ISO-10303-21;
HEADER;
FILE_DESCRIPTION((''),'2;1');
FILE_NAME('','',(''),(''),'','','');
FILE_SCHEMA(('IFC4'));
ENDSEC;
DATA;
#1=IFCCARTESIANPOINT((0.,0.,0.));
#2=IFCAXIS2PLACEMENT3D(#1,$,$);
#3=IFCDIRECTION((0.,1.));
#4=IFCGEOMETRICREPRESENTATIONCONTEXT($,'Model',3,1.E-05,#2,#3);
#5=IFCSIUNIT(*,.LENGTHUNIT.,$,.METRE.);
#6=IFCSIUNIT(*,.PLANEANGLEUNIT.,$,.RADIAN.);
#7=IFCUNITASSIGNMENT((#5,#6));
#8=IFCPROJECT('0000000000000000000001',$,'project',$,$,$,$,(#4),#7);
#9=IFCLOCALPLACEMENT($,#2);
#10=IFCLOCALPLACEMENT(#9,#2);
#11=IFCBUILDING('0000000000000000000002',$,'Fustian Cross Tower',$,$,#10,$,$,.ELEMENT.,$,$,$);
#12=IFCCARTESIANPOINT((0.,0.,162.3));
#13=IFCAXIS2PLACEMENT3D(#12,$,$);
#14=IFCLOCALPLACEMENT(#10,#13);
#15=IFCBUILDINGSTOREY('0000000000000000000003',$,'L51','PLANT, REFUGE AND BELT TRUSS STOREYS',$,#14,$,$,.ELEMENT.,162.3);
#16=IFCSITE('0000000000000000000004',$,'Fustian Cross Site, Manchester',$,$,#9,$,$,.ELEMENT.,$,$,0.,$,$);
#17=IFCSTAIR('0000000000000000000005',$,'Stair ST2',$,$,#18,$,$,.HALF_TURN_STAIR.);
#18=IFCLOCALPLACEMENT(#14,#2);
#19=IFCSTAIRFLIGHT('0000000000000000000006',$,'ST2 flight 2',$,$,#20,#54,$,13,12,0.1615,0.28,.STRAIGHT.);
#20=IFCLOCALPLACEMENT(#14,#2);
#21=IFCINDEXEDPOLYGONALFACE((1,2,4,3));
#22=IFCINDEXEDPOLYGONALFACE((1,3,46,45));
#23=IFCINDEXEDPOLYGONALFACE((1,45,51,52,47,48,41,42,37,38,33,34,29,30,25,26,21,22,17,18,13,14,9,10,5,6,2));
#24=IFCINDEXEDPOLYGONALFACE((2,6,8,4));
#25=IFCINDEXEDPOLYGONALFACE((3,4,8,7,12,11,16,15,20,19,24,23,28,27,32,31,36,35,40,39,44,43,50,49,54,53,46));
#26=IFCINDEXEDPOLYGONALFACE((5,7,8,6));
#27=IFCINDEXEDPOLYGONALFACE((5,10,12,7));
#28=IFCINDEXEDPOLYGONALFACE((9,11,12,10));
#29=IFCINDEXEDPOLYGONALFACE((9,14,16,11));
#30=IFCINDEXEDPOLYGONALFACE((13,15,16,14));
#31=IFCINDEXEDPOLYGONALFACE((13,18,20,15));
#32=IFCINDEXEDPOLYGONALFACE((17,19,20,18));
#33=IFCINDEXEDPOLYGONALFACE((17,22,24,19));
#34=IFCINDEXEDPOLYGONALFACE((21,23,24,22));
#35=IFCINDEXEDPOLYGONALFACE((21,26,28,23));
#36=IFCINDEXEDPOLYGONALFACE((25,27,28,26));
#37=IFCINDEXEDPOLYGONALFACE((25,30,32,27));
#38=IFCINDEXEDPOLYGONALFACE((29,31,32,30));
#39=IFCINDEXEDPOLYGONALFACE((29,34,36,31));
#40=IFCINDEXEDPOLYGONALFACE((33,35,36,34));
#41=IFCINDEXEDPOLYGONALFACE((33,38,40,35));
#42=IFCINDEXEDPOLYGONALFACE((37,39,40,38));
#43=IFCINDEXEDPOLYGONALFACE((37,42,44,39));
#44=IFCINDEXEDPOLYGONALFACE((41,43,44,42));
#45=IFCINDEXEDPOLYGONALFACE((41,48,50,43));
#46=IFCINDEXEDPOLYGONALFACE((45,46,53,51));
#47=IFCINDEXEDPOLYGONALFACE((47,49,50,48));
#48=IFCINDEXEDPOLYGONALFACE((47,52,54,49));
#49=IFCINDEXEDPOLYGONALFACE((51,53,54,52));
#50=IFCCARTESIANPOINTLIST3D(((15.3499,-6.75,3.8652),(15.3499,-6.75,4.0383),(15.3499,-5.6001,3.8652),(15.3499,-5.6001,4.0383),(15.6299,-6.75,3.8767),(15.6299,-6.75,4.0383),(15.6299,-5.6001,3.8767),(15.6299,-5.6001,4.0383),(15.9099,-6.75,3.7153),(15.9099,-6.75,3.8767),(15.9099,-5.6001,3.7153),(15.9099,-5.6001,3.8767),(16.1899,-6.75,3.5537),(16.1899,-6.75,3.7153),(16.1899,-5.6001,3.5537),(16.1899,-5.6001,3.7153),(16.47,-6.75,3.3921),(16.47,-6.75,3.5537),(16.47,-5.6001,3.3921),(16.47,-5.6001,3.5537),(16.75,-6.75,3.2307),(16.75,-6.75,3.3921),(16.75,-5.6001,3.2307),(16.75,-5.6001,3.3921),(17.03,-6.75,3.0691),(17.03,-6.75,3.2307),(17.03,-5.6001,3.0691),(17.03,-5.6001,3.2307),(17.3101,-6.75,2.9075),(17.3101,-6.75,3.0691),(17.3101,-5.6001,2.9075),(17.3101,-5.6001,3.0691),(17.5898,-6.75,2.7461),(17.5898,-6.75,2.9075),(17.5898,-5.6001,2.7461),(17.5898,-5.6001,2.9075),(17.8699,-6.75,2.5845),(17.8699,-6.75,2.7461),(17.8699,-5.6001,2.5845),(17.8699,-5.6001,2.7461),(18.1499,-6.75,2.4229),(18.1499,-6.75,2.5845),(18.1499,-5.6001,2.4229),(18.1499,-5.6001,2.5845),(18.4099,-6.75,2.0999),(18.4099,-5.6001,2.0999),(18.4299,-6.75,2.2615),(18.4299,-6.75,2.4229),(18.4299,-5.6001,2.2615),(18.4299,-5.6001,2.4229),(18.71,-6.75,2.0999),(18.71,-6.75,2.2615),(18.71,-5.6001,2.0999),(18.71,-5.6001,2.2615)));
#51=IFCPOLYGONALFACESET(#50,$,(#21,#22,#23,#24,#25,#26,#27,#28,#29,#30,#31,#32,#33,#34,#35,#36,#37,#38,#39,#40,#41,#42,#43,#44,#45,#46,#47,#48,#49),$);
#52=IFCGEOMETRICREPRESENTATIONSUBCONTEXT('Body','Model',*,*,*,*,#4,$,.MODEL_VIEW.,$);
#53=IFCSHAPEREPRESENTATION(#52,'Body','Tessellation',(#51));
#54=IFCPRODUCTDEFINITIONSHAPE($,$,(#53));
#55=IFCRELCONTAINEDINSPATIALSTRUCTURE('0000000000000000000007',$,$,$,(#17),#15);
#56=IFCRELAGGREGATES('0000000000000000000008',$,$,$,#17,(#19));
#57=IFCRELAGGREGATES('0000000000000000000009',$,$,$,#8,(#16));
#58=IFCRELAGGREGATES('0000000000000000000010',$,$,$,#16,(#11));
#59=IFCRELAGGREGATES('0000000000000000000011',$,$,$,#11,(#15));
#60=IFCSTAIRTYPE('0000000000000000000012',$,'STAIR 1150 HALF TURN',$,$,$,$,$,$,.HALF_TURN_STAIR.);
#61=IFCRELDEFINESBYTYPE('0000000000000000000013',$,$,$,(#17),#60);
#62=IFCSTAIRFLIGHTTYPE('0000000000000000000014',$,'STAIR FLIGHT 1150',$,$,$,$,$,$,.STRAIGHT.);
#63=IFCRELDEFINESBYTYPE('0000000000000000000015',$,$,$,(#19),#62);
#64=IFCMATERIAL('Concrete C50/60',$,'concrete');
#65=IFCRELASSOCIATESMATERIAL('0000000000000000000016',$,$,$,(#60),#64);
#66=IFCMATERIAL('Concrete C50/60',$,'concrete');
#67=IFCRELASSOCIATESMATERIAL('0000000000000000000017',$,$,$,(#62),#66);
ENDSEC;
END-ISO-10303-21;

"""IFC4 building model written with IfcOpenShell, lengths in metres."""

from ifc_helpers import new_model, si_unit, direction, frame, origin, place, context, subcontext, project, spatial, polyline, outline, extrude, material, type_object, element, aggregate, save


model = new_model("IFC4")

# Units and contexts
model_context = context("Model", 3, precision=1e-05, world=origin(), true_north=direction((0.0, 1.0)))
body_context = subcontext(model_context, "Body", "Model", "MODEL_VIEW")
ifc_project = project(units=[si_unit("LENGTHUNIT", "METRE"), si_unit("PLANEANGLEUNIT", "RADIAN")], contexts=[model_context])

# Site, building, storey
site_placement = place(None, origin())
site = spatial("IfcSite", under=ifc_project, at=site_placement, Name="Fustian Cross Site, Manchester", CompositionType="ELEMENT", RefElevation=0.0)
building_placement = place(site_placement, origin())
building = spatial("IfcBuilding", under=site, at=building_placement, Name="Fustian Cross Tower", CompositionType="ELEMENT")
storey_placement = place(building_placement, frame((0.0, 0.0, 162.3)))
storey = spatial("IfcBuildingStorey", under=building, at=storey_placement, Name="L51", Description="PLANT, REFUGE AND BELT TRUSS STOREYS", CompositionType="ELEMENT", Elevation=162.3)

# Stair, stair flight
ifc_material_1 = material(Name="Concrete C50/60", Category="concrete")
stair_type = type_object("IfcStairType", Name="STAIR 1150 HALF TURN", PredefinedType="HALF_TURN_STAIR", material=ifc_material_1)
stair_placement = place(storey_placement, origin())
stair = element("IfcStair", 1, at=stair_placement, inside=storey, type_object=stair_type, Name="Stair ST2", PredefinedType="HALF_TURN_STAIR")
ifc_material_2 = material(Name="Concrete C50/60", Category="concrete")
stair_flight_type = type_object("IfcStairFlightType", Name="STAIR FLIGHT 1150", PredefinedType="STRAIGHT", material=ifc_material_2)
stair_flight_1_placement = place(storey_placement, frame((18.71, -6.175, 2.0999), z_axis=(0.0, 0.0, 1.0), x_axis=(-1.0, 0.0, 0.0)))
stair_flight_1 = element("IfcStairFlight", 2, at=stair_flight_1_placement, type_object=stair_flight_type, Name="ST2 flight 2", NumberOfRisers=13, NumberOfTreads=12, PredefinedType="STRAIGHT", RiserHeight=0.1615, TreadLength=0.28, context=body_context, shape_type="SweptSolid", body=[
    extrude(outline(polyline([(0.0, 0.0), (0.0, 0.1616), (0.28, 0.1616), (0.28, 0.323), (0.5601, 0.323), (0.5601, 0.4846), (0.8401, 0.4846), (0.8401, 0.6462), (1.1201, 0.6462), (1.1201, 0.8076), (1.3999, 0.8076), (1.3999, 0.9692), (1.6799, 0.9692), (1.6799, 1.1309), (1.96, 1.1309), (1.96, 1.2922), (2.24, 1.2922), (2.24, 1.4539), (2.52, 1.4539), (2.52, 1.6155), (2.8, 1.6155), (2.8, 1.7769), (3.0801, 1.7769), (3.0801, 1.9385), (3.3601, 1.9385), (3.3601, 2.1001), (3.3601, 1.7654), (0.3, 0.0), (0.0, 0.0)])), frame((0.0, 0.575, 0.0), z_axis=(0.0, -1.0, 0.0), x_axis=(1.0, 0.0, 0.0)), (0.0, 0.0, 1.0), 1.1499),
])
aggregate(stair, [stair_flight_1])

save(model, "model.ifc")
